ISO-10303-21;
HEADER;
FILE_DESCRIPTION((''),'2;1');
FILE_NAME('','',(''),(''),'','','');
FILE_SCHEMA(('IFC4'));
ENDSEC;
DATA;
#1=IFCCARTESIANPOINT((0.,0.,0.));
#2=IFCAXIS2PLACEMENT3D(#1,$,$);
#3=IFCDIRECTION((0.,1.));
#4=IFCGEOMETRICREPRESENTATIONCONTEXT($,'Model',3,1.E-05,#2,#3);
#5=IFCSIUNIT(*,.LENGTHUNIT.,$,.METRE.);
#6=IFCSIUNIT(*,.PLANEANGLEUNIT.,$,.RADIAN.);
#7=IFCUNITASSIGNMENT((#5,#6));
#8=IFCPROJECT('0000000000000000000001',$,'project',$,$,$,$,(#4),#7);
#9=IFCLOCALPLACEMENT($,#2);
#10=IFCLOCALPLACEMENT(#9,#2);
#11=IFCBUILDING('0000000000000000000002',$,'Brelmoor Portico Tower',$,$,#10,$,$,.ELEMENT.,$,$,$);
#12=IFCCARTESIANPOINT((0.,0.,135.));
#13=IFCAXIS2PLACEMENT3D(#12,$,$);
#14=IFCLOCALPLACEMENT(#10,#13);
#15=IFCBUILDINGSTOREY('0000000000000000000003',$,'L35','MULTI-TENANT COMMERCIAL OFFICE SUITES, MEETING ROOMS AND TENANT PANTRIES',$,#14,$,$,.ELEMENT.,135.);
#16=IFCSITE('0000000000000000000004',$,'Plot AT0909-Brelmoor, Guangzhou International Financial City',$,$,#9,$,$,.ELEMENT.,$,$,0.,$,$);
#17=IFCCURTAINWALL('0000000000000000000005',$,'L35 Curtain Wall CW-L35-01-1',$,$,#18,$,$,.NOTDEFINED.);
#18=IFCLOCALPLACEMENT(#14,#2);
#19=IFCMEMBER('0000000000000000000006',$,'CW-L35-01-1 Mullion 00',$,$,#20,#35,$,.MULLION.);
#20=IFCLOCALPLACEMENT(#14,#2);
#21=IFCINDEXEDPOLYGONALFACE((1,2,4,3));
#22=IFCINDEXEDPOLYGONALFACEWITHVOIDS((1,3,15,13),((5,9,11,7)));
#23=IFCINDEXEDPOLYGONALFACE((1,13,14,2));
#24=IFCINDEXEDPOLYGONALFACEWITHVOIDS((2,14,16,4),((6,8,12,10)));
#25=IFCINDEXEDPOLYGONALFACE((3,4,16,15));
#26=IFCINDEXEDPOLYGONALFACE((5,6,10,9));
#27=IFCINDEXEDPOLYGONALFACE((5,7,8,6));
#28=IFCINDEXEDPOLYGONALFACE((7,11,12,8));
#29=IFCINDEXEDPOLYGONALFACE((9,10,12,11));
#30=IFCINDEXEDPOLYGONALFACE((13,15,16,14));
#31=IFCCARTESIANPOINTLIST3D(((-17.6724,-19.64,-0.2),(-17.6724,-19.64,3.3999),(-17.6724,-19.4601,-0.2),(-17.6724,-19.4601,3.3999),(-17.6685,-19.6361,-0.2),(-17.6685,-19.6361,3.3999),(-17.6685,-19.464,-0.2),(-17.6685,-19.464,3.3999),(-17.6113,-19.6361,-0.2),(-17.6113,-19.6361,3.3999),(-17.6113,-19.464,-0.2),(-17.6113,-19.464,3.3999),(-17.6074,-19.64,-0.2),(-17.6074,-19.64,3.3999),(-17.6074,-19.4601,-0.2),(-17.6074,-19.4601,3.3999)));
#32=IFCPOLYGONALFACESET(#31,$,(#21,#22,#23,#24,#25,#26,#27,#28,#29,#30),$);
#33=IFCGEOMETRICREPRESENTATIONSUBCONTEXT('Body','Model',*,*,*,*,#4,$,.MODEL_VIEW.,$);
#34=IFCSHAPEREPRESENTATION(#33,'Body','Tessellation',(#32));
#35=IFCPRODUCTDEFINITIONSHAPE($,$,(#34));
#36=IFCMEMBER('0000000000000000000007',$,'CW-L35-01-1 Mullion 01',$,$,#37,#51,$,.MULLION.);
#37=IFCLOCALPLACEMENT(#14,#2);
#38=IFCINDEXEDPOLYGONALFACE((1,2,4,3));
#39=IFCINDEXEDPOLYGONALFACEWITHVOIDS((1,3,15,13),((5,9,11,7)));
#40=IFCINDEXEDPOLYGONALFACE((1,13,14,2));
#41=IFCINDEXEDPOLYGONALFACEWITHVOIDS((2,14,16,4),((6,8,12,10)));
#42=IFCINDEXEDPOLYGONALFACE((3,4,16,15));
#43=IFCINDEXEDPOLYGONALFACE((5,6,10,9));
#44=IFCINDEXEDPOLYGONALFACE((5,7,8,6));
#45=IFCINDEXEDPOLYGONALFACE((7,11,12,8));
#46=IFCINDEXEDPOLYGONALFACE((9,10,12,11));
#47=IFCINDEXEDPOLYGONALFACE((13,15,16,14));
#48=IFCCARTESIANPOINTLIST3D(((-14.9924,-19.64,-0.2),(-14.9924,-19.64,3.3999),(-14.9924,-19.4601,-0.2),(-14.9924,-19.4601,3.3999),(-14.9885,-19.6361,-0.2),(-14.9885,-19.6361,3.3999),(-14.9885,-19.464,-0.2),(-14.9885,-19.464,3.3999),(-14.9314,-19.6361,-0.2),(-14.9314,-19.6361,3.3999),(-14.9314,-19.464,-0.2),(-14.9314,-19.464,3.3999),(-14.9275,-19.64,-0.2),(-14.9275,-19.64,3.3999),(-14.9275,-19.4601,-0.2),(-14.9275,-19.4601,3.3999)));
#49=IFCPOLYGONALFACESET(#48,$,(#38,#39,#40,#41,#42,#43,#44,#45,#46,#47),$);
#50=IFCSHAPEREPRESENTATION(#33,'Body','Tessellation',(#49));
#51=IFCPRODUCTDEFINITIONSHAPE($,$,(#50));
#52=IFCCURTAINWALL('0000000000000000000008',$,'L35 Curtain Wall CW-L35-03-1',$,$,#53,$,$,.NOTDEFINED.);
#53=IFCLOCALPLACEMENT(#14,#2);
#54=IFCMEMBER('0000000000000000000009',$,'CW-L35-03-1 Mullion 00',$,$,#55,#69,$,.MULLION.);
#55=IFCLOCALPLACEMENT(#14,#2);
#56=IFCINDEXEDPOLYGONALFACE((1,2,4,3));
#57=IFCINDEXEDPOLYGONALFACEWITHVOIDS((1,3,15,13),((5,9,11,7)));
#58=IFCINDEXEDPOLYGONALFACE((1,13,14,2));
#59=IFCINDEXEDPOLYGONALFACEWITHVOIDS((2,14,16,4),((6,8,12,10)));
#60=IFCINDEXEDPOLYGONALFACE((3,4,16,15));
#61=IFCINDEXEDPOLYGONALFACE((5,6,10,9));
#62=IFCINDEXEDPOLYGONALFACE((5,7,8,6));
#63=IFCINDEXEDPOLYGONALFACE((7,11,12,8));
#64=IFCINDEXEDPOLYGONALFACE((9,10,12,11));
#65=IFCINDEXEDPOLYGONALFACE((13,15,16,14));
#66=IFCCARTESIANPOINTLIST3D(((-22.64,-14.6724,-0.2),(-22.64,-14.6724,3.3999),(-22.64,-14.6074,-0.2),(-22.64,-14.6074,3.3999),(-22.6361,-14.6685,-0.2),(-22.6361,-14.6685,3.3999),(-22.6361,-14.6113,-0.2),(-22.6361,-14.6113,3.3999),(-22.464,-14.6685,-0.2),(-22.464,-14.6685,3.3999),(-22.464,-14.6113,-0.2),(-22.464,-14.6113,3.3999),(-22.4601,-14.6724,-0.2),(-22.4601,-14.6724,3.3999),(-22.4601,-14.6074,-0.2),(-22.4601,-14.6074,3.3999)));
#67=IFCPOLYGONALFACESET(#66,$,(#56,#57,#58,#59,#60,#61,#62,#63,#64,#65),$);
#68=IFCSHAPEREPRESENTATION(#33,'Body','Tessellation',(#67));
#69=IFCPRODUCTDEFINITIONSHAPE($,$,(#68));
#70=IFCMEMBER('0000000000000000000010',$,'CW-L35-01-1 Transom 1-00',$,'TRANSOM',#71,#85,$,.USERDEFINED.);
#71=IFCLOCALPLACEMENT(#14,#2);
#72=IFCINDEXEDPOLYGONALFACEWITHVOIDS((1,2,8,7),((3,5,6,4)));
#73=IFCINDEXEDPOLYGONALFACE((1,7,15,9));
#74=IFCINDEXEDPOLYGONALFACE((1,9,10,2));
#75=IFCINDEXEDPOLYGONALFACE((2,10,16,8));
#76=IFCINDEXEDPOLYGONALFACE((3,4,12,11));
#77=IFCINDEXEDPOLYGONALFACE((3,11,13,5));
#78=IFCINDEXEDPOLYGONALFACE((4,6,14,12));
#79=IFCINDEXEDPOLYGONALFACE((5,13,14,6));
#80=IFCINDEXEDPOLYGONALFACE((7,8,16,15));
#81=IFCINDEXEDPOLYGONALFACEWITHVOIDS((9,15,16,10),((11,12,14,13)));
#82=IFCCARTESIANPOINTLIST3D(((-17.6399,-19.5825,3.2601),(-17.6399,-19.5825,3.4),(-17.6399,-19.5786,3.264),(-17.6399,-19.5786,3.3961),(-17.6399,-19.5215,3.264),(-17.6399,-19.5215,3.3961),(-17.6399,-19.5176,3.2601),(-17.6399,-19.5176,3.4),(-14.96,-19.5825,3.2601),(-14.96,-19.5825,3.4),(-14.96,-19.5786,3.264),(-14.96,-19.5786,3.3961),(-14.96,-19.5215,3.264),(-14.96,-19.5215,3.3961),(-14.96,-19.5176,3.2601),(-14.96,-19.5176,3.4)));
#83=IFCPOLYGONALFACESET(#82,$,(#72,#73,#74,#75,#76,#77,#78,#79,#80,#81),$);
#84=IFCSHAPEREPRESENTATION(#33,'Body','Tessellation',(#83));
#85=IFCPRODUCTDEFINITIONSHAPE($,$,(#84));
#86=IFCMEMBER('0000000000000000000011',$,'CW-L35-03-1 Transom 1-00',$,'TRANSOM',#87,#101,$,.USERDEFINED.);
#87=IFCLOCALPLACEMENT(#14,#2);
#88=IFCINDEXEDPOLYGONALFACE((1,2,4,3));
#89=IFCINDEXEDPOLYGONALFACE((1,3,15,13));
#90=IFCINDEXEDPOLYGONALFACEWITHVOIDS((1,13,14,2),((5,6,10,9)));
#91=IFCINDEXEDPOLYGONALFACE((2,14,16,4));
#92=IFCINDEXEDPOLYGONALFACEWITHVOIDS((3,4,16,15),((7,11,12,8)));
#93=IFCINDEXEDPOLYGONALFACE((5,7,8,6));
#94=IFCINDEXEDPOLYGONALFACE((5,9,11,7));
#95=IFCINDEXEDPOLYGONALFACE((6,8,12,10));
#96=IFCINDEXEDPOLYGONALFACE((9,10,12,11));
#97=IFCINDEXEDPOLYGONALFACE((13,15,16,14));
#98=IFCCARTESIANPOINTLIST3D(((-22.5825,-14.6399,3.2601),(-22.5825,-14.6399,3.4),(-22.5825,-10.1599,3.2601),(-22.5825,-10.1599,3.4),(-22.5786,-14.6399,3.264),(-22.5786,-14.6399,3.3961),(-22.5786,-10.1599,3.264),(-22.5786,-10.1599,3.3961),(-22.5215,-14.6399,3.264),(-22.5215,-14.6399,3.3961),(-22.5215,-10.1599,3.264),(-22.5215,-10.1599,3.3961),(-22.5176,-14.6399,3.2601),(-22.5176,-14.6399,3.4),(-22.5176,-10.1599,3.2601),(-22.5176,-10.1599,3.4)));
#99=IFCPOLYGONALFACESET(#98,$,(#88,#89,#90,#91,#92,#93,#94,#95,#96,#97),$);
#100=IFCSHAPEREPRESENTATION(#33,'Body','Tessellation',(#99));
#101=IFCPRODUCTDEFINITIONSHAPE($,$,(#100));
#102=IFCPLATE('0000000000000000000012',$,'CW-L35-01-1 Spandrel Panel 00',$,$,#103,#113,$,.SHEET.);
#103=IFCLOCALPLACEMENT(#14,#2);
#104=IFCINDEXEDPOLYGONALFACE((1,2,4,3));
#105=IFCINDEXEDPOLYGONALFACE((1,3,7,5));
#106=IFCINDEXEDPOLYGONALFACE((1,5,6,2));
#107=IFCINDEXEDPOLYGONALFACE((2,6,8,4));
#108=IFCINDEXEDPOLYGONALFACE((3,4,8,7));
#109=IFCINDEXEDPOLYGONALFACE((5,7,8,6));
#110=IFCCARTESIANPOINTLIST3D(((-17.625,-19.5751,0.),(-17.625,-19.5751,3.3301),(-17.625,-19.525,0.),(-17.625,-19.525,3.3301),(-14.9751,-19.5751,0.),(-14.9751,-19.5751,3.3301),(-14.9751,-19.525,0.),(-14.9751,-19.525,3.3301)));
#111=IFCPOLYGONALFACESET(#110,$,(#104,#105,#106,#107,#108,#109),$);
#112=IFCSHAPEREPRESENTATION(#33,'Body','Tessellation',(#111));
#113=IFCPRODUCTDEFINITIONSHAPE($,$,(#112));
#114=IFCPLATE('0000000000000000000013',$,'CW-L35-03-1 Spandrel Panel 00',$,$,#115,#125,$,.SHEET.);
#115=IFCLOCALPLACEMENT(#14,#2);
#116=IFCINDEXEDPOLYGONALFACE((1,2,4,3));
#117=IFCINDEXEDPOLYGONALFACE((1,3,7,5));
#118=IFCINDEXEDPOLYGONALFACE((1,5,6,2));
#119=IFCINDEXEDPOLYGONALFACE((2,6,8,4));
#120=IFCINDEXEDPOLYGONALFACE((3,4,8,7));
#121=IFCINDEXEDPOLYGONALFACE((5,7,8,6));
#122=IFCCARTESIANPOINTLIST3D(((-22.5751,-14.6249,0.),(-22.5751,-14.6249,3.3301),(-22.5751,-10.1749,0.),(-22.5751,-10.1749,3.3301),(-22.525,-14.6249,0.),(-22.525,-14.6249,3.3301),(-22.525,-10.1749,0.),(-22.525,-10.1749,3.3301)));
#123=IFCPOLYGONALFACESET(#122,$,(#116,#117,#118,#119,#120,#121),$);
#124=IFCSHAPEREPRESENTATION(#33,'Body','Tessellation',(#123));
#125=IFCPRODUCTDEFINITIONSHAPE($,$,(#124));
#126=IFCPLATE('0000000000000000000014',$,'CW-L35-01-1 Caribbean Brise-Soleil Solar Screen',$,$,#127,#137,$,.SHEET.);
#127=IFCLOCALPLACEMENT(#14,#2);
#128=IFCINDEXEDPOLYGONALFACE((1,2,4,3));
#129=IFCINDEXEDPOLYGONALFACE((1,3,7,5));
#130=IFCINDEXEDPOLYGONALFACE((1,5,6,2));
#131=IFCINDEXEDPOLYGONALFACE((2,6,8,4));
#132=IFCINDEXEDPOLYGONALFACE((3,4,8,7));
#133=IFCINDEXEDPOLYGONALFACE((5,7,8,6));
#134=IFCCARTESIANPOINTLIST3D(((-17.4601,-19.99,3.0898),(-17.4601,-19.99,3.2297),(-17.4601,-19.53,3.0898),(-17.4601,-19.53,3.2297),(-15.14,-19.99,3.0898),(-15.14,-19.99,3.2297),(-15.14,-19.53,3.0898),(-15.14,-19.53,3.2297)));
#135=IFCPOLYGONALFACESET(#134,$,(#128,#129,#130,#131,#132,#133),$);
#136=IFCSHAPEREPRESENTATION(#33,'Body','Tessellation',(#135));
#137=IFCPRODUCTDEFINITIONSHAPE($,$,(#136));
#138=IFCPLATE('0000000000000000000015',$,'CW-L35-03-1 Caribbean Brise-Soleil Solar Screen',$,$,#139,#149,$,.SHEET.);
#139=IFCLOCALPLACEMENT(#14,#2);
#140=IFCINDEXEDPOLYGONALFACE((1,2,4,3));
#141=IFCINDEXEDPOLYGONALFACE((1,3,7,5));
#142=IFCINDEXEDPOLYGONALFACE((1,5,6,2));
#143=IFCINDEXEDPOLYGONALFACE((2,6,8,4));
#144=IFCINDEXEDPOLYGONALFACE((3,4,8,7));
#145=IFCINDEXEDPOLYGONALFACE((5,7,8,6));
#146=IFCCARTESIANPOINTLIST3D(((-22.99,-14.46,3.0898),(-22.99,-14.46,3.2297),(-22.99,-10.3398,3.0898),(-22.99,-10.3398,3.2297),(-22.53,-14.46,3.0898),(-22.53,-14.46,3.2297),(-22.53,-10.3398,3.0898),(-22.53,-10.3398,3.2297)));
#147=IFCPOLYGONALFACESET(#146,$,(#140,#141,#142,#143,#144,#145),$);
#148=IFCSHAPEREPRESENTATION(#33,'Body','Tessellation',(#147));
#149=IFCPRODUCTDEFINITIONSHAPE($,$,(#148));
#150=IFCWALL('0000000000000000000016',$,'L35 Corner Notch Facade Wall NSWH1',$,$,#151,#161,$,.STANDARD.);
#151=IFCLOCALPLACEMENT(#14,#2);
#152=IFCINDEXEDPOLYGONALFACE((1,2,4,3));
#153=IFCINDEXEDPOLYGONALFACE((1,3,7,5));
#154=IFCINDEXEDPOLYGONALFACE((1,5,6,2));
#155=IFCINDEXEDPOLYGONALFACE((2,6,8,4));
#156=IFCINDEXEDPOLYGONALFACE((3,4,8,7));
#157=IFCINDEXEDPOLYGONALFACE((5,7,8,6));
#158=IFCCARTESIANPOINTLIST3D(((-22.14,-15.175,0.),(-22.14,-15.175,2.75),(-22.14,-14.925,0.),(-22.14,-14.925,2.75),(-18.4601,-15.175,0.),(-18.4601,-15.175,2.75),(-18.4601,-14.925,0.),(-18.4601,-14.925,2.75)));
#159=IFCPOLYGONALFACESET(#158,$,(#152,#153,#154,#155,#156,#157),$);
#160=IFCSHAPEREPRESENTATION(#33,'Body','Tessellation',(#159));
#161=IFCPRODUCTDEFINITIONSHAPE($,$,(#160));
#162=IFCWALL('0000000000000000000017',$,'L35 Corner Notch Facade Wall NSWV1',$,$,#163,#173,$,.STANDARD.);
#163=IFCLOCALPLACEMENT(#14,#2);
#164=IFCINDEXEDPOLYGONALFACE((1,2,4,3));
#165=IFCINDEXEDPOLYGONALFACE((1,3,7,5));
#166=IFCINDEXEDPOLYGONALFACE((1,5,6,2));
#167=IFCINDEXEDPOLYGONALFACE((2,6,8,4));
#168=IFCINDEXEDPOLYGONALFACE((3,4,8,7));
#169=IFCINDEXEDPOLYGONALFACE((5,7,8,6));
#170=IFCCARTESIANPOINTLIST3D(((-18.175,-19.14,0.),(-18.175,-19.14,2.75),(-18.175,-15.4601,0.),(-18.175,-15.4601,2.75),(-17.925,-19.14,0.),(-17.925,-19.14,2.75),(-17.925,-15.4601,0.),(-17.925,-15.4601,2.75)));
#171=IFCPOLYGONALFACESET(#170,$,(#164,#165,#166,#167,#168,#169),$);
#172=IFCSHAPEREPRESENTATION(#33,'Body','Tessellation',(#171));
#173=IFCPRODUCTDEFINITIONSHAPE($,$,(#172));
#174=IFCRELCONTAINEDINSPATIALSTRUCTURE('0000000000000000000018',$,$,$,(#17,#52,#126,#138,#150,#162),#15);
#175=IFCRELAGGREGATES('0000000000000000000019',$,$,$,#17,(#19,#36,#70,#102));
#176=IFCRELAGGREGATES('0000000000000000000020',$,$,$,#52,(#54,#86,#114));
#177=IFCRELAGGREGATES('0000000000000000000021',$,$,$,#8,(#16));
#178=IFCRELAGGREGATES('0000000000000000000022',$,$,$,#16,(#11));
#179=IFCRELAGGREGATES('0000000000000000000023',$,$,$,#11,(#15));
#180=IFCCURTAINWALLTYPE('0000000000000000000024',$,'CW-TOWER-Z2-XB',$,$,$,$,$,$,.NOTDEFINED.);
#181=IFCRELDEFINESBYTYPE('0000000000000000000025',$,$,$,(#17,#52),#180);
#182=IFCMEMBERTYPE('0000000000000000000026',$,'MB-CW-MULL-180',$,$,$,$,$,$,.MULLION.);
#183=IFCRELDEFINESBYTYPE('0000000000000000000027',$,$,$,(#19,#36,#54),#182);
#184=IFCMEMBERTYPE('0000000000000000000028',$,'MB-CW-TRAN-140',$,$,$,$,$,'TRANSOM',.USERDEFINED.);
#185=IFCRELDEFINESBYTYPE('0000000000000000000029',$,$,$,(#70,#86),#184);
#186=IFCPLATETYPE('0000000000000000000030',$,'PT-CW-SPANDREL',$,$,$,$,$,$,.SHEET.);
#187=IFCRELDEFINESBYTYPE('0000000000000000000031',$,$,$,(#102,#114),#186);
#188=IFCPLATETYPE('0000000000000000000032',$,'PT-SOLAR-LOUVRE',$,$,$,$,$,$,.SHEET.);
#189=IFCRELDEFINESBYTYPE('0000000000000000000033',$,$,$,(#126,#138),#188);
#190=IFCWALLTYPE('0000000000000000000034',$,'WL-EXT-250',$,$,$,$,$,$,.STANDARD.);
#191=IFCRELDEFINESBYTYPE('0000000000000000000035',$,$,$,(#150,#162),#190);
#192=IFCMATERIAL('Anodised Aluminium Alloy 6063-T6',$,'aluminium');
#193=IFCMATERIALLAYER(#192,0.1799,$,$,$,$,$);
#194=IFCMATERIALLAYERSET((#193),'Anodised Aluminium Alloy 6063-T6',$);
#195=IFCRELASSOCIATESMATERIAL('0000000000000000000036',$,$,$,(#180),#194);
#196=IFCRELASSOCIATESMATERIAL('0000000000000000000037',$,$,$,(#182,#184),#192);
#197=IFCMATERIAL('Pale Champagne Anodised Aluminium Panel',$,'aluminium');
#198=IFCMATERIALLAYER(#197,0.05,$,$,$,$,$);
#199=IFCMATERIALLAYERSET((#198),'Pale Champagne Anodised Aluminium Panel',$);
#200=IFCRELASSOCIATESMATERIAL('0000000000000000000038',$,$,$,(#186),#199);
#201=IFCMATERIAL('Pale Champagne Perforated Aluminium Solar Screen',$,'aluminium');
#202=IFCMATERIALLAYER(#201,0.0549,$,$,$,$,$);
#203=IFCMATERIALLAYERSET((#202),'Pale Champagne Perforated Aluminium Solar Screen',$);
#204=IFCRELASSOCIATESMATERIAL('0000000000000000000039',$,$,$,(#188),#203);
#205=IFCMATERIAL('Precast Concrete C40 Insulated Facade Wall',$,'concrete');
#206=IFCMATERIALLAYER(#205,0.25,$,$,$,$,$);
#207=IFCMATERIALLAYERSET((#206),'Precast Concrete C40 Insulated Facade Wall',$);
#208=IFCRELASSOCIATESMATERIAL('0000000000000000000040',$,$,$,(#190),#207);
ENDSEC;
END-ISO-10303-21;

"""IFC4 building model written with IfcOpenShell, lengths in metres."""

from ifc_helpers import new_model, si_unit, direction, frame, frame_2d, origin, origin_2d, place, context, subcontext, project, spatial, rectangle, hollow_rectangle, extrude, material, layer, layer_set, material_profile, profile_set, type_object, element, aggregate, save


model = new_model("IFC4")

# Units and contexts
model_context = context("Model", 3, precision=1e-05, world=origin(), true_north=direction((0.0, 1.0)))
body_context = subcontext(model_context, "Body", "Model", "MODEL_VIEW")
ifc_project = project(units=[si_unit("LENGTHUNIT", "METRE"), si_unit("PLANEANGLEUNIT", "RADIAN")], contexts=[model_context])

# Site, building, storey
site_placement = place(None, origin())
site = spatial("IfcSite", under=ifc_project, at=site_placement, Name="Plot AT0909-Brelmoor, Guangzhou International Financial City", CompositionType="ELEMENT", RefElevation=0.0)
building_placement = place(site_placement, origin())
building = spatial("IfcBuilding", under=site, at=building_placement, Name="Brelmoor Portico Tower", CompositionType="ELEMENT")
storey_placement = place(building_placement, frame((0.0, 0.0, 135.0)))
storey = spatial("IfcBuildingStorey", under=building, at=storey_placement, Name="L35", Description="MULTI-TENANT COMMERCIAL OFFICE SUITES, MEETING ROOMS AND TENANT PANTRIES", CompositionType="ELEMENT", Elevation=135.0)

# Curtain wall, members
ifc_material_1 = material(Name="Anodised Aluminium Alloy 6063-T6", Category="aluminium")
ifc_layer_1 = layer(ifc_material_1, 0.1799)
ifc_layer_set_1 = layer_set([ifc_layer_1], Name="Anodised Aluminium Alloy 6063-T6")
curtain_wall_type = type_object("IfcCurtainWallType", Name="CW-TOWER-Z2-XB", PredefinedType="NOTDEFINED", material=ifc_layer_set_1)
curtain_wall_1_placement = place(storey_placement, origin())
curtain_wall_1 = element("IfcCurtainWall", 1, at=curtain_wall_1_placement, inside=storey, type_object=curtain_wall_type, Name="L35 Curtain Wall CW-L35-01-1", PredefinedType="NOTDEFINED")
ifc_material_profile_1 = material_profile(ifc_material_1, hollow_rectangle(XDim=0.0649, YDim=0.1799, WallThickness=0.0039, at=origin_2d()), Name="ALU MULLION 65x180")
ifc_profile_set_1 = profile_set([ifc_material_profile_1], Name="Anodised Aluminium Alloy 6063-T6")
member_type_1 = type_object("IfcMemberType", Name="MB-CW-MULL-180", PredefinedType="MULLION", material=ifc_profile_set_1)
member_1_placement = place(storey_placement, frame((-17.6399, -19.55, -0.2), z_axis=(0.0, 0.0, 1.0), x_axis=(1.0, 0.0, 0.0)))
member_1 = element("IfcMember", 2, at=member_1_placement, type_object=member_type_1, Name="CW-L35-01-1 Mullion 00", PredefinedType="MULLION", context=body_context, shape_type="SweptSolid", body=[
    extrude(hollow_rectangle(XDim=0.0649, YDim=0.1799, WallThickness=0.0039, at=origin_2d()), origin(), (0.0, 0.0, 1.0), 3.5999),
])
member_2_placement = place(storey_placement, frame((-14.96, -19.55, -0.2), z_axis=(0.0, 0.0, 1.0), x_axis=(1.0, 0.0, 0.0)))
member_2 = element("IfcMember", 3, at=member_2_placement, type_object=member_type_1, Name="CW-L35-01-1 Mullion 01", PredefinedType="MULLION", context=body_context, shape_type="SweptSolid", body=[
    extrude(hollow_rectangle(XDim=0.0649, YDim=0.1799, WallThickness=0.0039, at=origin_2d()), origin(), (0.0, 0.0, 1.0), 3.5999),
])

# Curtain wall, member
curtain_wall_2_placement = place(storey_placement, origin())
curtain_wall_2 = element("IfcCurtainWall", 4, at=curtain_wall_2_placement, inside=storey, type_object=curtain_wall_type, Name="L35 Curtain Wall CW-L35-03-1", PredefinedType="NOTDEFINED")
member_3_placement = place(storey_placement, frame((-22.55, -14.6399, -0.2), z_axis=(0.0, 0.0, 1.0), x_axis=(0.0, 1.0, 0.0)))
member_3 = element("IfcMember", 5, at=member_3_placement, type_object=member_type_1, Name="CW-L35-03-1 Mullion 00", PredefinedType="MULLION", context=body_context, shape_type="SweptSolid", body=[
    extrude(hollow_rectangle(XDim=0.0649, YDim=0.1799, WallThickness=0.0039, at=origin_2d()), origin(), (0.0, 0.0, 1.0), 3.5999),
])

# Members
ifc_material_profile_2 = material_profile(ifc_material_1, hollow_rectangle(XDim=0.0649, YDim=0.1399, WallThickness=0.0039, at=origin_2d()), Name="ALU TRANSOM 65x140")
ifc_profile_set_2 = profile_set([ifc_material_profile_2], Name="Anodised Aluminium Alloy 6063-T6")
member_type_2 = type_object("IfcMemberType", Name="MB-CW-TRAN-140", ElementType="TRANSOM", PredefinedType="USERDEFINED", material=ifc_profile_set_2)
member_4_placement = place(storey_placement, frame((-17.6399, -19.55, 3.3301), z_axis=(1.0, 0.0, 0.0), x_axis=(0.0, 1.0, 0.0)))
member_4 = element("IfcMember", 6, at=member_4_placement, type_object=member_type_2, Name="CW-L35-01-1 Transom 1-00", ObjectType="TRANSOM", PredefinedType="USERDEFINED", context=body_context, shape_type="SweptSolid", body=[
    extrude(hollow_rectangle(XDim=0.0649, YDim=0.1399, WallThickness=0.0039, at=origin_2d()), origin(), (0.0, 0.0, 1.0), 2.6799),
])
member_5_placement = place(storey_placement, frame((-22.55, -14.6399, 3.3301), z_axis=(0.0, 1.0, 0.0), x_axis=(-1.0, 0.0, 0.0)))
member_5 = element("IfcMember", 7, at=member_5_placement, type_object=member_type_2, Name="CW-L35-03-1 Transom 1-00", ObjectType="TRANSOM", PredefinedType="USERDEFINED", context=body_context, shape_type="SweptSolid", body=[
    extrude(hollow_rectangle(XDim=0.0649, YDim=0.1399, WallThickness=0.0039, at=origin_2d()), origin(), (0.0, 0.0, 1.0), 4.48),
])

# Plates
ifc_material_2 = material(Name="Pale Champagne Anodised Aluminium Panel", Category="aluminium")
ifc_layer_2 = layer(ifc_material_2, 0.05)
ifc_layer_set_2 = layer_set([ifc_layer_2], Name="Pale Champagne Anodised Aluminium Panel")
plate_type_1 = type_object("IfcPlateType", Name="PT-CW-SPANDREL", PredefinedType="SHEET", material=ifc_layer_set_2)
plate_1_placement = place(storey_placement, frame((-16.3, -19.55, 0.0), z_axis=(0.0, 0.0, 1.0), x_axis=(1.0, 0.0, 0.0)))
plate_1 = element("IfcPlate", 8, at=plate_1_placement, type_object=plate_type_1, Name="CW-L35-01-1 Spandrel Panel 00", PredefinedType="SHEET", context=body_context, shape_type="SweptSolid", body=[
    extrude(rectangle(XDim=2.6499, YDim=0.05, at=origin_2d()), origin(), (0.0, 0.0, 1.0), 3.3301),
])
aggregate(curtain_wall_1, [member_1, member_2, member_4, plate_1])
plate_2_placement = place(storey_placement, frame((-22.55, -12.3999, 0.0), z_axis=(0.0, 0.0, 1.0), x_axis=(0.0, 1.0, 0.0)))
plate_2 = element("IfcPlate", 9, at=plate_2_placement, type_object=plate_type_1, Name="CW-L35-03-1 Spandrel Panel 00", PredefinedType="SHEET", context=body_context, shape_type="SweptSolid", body=[
    extrude(rectangle(XDim=4.45, YDim=0.05, at=origin_2d()), origin(), (0.0, 0.0, 1.0), 3.3301),
])
aggregate(curtain_wall_2, [member_3, member_5, plate_2])

# Plates
ifc_material_3 = material(Name="Pale Champagne Perforated Aluminium Solar Screen", Category="aluminium")
ifc_layer_3 = layer(ifc_material_3, 0.0549)
ifc_layer_set_3 = layer_set([ifc_layer_3], Name="Pale Champagne Perforated Aluminium Solar Screen")
plate_type_2 = type_object("IfcPlateType", Name="PT-SOLAR-LOUVRE", PredefinedType="SHEET", material=ifc_layer_set_3)
plate_3_placement = place(storey_placement, frame((-16.3, -19.76, 3.0898), z_axis=(0.0, 0.0, 1.0), x_axis=(1.0, 0.0, 0.0)))
element("IfcPlate", 10, at=plate_3_placement, inside=storey, type_object=plate_type_2, Name="CW-L35-01-1 Caribbean Brise-Soleil Solar Screen", PredefinedType="SHEET", context=body_context, shape_type="SweptSolid", body=[
    extrude(rectangle(XDim=2.3201, YDim=0.46, at=origin_2d()), origin(), (0.0, 0.0, 1.0), 0.1399),
])
plate_4_placement = place(storey_placement, frame((-22.76, -12.3999, 3.0898), z_axis=(0.0, 0.0, 1.0), x_axis=(0.0, 1.0, 0.0)))
element("IfcPlate", 11, at=plate_4_placement, inside=storey, type_object=plate_type_2, Name="CW-L35-03-1 Caribbean Brise-Soleil Solar Screen", PredefinedType="SHEET", context=body_context, shape_type="SweptSolid", body=[
    extrude(rectangle(XDim=4.1201, YDim=0.46, at=origin_2d()), origin(), (0.0, 0.0, 1.0), 0.1399),
])

# Walls
ifc_material_4 = material(Name="Precast Concrete C40 Insulated Facade Wall", Category="concrete")
ifc_layer_4 = layer(ifc_material_4, 0.25)
ifc_layer_set_4 = layer_set([ifc_layer_4], Name="Precast Concrete C40 Insulated Facade Wall")
wall_type = type_object("IfcWallType", Name="WL-EXT-250", PredefinedType="STANDARD", material=ifc_layer_set_4)
for number, where, z_axis, x_axis, name in (
    (12, (-22.1399, -15.05, 0.0), (0.0, 0.0, 1.0), (1.0, 0.0, 0.0), "L35 Corner Notch Facade Wall NSWH1"),
    (13, (-18.05, -19.1399, 0.0), (0.0, 0.0, 1.0), (0.0, 1.0, 0.0), "L35 Corner Notch Facade Wall NSWV1"),
):
    element("IfcWall", number, at=place(storey_placement, frame(where, z_axis=z_axis, x_axis=x_axis)), inside=storey, type_object=wall_type, Name=name, PredefinedType="STANDARD", context=body_context, shape_type="SweptSolid", body=[
        extrude(rectangle(XDim=3.6799, YDim=0.25, at=frame_2d((1.8398, 0.0))), origin(), (0.0, 0.0, 1.0), 2.75),
    ])

save(model, "model.ifc")
